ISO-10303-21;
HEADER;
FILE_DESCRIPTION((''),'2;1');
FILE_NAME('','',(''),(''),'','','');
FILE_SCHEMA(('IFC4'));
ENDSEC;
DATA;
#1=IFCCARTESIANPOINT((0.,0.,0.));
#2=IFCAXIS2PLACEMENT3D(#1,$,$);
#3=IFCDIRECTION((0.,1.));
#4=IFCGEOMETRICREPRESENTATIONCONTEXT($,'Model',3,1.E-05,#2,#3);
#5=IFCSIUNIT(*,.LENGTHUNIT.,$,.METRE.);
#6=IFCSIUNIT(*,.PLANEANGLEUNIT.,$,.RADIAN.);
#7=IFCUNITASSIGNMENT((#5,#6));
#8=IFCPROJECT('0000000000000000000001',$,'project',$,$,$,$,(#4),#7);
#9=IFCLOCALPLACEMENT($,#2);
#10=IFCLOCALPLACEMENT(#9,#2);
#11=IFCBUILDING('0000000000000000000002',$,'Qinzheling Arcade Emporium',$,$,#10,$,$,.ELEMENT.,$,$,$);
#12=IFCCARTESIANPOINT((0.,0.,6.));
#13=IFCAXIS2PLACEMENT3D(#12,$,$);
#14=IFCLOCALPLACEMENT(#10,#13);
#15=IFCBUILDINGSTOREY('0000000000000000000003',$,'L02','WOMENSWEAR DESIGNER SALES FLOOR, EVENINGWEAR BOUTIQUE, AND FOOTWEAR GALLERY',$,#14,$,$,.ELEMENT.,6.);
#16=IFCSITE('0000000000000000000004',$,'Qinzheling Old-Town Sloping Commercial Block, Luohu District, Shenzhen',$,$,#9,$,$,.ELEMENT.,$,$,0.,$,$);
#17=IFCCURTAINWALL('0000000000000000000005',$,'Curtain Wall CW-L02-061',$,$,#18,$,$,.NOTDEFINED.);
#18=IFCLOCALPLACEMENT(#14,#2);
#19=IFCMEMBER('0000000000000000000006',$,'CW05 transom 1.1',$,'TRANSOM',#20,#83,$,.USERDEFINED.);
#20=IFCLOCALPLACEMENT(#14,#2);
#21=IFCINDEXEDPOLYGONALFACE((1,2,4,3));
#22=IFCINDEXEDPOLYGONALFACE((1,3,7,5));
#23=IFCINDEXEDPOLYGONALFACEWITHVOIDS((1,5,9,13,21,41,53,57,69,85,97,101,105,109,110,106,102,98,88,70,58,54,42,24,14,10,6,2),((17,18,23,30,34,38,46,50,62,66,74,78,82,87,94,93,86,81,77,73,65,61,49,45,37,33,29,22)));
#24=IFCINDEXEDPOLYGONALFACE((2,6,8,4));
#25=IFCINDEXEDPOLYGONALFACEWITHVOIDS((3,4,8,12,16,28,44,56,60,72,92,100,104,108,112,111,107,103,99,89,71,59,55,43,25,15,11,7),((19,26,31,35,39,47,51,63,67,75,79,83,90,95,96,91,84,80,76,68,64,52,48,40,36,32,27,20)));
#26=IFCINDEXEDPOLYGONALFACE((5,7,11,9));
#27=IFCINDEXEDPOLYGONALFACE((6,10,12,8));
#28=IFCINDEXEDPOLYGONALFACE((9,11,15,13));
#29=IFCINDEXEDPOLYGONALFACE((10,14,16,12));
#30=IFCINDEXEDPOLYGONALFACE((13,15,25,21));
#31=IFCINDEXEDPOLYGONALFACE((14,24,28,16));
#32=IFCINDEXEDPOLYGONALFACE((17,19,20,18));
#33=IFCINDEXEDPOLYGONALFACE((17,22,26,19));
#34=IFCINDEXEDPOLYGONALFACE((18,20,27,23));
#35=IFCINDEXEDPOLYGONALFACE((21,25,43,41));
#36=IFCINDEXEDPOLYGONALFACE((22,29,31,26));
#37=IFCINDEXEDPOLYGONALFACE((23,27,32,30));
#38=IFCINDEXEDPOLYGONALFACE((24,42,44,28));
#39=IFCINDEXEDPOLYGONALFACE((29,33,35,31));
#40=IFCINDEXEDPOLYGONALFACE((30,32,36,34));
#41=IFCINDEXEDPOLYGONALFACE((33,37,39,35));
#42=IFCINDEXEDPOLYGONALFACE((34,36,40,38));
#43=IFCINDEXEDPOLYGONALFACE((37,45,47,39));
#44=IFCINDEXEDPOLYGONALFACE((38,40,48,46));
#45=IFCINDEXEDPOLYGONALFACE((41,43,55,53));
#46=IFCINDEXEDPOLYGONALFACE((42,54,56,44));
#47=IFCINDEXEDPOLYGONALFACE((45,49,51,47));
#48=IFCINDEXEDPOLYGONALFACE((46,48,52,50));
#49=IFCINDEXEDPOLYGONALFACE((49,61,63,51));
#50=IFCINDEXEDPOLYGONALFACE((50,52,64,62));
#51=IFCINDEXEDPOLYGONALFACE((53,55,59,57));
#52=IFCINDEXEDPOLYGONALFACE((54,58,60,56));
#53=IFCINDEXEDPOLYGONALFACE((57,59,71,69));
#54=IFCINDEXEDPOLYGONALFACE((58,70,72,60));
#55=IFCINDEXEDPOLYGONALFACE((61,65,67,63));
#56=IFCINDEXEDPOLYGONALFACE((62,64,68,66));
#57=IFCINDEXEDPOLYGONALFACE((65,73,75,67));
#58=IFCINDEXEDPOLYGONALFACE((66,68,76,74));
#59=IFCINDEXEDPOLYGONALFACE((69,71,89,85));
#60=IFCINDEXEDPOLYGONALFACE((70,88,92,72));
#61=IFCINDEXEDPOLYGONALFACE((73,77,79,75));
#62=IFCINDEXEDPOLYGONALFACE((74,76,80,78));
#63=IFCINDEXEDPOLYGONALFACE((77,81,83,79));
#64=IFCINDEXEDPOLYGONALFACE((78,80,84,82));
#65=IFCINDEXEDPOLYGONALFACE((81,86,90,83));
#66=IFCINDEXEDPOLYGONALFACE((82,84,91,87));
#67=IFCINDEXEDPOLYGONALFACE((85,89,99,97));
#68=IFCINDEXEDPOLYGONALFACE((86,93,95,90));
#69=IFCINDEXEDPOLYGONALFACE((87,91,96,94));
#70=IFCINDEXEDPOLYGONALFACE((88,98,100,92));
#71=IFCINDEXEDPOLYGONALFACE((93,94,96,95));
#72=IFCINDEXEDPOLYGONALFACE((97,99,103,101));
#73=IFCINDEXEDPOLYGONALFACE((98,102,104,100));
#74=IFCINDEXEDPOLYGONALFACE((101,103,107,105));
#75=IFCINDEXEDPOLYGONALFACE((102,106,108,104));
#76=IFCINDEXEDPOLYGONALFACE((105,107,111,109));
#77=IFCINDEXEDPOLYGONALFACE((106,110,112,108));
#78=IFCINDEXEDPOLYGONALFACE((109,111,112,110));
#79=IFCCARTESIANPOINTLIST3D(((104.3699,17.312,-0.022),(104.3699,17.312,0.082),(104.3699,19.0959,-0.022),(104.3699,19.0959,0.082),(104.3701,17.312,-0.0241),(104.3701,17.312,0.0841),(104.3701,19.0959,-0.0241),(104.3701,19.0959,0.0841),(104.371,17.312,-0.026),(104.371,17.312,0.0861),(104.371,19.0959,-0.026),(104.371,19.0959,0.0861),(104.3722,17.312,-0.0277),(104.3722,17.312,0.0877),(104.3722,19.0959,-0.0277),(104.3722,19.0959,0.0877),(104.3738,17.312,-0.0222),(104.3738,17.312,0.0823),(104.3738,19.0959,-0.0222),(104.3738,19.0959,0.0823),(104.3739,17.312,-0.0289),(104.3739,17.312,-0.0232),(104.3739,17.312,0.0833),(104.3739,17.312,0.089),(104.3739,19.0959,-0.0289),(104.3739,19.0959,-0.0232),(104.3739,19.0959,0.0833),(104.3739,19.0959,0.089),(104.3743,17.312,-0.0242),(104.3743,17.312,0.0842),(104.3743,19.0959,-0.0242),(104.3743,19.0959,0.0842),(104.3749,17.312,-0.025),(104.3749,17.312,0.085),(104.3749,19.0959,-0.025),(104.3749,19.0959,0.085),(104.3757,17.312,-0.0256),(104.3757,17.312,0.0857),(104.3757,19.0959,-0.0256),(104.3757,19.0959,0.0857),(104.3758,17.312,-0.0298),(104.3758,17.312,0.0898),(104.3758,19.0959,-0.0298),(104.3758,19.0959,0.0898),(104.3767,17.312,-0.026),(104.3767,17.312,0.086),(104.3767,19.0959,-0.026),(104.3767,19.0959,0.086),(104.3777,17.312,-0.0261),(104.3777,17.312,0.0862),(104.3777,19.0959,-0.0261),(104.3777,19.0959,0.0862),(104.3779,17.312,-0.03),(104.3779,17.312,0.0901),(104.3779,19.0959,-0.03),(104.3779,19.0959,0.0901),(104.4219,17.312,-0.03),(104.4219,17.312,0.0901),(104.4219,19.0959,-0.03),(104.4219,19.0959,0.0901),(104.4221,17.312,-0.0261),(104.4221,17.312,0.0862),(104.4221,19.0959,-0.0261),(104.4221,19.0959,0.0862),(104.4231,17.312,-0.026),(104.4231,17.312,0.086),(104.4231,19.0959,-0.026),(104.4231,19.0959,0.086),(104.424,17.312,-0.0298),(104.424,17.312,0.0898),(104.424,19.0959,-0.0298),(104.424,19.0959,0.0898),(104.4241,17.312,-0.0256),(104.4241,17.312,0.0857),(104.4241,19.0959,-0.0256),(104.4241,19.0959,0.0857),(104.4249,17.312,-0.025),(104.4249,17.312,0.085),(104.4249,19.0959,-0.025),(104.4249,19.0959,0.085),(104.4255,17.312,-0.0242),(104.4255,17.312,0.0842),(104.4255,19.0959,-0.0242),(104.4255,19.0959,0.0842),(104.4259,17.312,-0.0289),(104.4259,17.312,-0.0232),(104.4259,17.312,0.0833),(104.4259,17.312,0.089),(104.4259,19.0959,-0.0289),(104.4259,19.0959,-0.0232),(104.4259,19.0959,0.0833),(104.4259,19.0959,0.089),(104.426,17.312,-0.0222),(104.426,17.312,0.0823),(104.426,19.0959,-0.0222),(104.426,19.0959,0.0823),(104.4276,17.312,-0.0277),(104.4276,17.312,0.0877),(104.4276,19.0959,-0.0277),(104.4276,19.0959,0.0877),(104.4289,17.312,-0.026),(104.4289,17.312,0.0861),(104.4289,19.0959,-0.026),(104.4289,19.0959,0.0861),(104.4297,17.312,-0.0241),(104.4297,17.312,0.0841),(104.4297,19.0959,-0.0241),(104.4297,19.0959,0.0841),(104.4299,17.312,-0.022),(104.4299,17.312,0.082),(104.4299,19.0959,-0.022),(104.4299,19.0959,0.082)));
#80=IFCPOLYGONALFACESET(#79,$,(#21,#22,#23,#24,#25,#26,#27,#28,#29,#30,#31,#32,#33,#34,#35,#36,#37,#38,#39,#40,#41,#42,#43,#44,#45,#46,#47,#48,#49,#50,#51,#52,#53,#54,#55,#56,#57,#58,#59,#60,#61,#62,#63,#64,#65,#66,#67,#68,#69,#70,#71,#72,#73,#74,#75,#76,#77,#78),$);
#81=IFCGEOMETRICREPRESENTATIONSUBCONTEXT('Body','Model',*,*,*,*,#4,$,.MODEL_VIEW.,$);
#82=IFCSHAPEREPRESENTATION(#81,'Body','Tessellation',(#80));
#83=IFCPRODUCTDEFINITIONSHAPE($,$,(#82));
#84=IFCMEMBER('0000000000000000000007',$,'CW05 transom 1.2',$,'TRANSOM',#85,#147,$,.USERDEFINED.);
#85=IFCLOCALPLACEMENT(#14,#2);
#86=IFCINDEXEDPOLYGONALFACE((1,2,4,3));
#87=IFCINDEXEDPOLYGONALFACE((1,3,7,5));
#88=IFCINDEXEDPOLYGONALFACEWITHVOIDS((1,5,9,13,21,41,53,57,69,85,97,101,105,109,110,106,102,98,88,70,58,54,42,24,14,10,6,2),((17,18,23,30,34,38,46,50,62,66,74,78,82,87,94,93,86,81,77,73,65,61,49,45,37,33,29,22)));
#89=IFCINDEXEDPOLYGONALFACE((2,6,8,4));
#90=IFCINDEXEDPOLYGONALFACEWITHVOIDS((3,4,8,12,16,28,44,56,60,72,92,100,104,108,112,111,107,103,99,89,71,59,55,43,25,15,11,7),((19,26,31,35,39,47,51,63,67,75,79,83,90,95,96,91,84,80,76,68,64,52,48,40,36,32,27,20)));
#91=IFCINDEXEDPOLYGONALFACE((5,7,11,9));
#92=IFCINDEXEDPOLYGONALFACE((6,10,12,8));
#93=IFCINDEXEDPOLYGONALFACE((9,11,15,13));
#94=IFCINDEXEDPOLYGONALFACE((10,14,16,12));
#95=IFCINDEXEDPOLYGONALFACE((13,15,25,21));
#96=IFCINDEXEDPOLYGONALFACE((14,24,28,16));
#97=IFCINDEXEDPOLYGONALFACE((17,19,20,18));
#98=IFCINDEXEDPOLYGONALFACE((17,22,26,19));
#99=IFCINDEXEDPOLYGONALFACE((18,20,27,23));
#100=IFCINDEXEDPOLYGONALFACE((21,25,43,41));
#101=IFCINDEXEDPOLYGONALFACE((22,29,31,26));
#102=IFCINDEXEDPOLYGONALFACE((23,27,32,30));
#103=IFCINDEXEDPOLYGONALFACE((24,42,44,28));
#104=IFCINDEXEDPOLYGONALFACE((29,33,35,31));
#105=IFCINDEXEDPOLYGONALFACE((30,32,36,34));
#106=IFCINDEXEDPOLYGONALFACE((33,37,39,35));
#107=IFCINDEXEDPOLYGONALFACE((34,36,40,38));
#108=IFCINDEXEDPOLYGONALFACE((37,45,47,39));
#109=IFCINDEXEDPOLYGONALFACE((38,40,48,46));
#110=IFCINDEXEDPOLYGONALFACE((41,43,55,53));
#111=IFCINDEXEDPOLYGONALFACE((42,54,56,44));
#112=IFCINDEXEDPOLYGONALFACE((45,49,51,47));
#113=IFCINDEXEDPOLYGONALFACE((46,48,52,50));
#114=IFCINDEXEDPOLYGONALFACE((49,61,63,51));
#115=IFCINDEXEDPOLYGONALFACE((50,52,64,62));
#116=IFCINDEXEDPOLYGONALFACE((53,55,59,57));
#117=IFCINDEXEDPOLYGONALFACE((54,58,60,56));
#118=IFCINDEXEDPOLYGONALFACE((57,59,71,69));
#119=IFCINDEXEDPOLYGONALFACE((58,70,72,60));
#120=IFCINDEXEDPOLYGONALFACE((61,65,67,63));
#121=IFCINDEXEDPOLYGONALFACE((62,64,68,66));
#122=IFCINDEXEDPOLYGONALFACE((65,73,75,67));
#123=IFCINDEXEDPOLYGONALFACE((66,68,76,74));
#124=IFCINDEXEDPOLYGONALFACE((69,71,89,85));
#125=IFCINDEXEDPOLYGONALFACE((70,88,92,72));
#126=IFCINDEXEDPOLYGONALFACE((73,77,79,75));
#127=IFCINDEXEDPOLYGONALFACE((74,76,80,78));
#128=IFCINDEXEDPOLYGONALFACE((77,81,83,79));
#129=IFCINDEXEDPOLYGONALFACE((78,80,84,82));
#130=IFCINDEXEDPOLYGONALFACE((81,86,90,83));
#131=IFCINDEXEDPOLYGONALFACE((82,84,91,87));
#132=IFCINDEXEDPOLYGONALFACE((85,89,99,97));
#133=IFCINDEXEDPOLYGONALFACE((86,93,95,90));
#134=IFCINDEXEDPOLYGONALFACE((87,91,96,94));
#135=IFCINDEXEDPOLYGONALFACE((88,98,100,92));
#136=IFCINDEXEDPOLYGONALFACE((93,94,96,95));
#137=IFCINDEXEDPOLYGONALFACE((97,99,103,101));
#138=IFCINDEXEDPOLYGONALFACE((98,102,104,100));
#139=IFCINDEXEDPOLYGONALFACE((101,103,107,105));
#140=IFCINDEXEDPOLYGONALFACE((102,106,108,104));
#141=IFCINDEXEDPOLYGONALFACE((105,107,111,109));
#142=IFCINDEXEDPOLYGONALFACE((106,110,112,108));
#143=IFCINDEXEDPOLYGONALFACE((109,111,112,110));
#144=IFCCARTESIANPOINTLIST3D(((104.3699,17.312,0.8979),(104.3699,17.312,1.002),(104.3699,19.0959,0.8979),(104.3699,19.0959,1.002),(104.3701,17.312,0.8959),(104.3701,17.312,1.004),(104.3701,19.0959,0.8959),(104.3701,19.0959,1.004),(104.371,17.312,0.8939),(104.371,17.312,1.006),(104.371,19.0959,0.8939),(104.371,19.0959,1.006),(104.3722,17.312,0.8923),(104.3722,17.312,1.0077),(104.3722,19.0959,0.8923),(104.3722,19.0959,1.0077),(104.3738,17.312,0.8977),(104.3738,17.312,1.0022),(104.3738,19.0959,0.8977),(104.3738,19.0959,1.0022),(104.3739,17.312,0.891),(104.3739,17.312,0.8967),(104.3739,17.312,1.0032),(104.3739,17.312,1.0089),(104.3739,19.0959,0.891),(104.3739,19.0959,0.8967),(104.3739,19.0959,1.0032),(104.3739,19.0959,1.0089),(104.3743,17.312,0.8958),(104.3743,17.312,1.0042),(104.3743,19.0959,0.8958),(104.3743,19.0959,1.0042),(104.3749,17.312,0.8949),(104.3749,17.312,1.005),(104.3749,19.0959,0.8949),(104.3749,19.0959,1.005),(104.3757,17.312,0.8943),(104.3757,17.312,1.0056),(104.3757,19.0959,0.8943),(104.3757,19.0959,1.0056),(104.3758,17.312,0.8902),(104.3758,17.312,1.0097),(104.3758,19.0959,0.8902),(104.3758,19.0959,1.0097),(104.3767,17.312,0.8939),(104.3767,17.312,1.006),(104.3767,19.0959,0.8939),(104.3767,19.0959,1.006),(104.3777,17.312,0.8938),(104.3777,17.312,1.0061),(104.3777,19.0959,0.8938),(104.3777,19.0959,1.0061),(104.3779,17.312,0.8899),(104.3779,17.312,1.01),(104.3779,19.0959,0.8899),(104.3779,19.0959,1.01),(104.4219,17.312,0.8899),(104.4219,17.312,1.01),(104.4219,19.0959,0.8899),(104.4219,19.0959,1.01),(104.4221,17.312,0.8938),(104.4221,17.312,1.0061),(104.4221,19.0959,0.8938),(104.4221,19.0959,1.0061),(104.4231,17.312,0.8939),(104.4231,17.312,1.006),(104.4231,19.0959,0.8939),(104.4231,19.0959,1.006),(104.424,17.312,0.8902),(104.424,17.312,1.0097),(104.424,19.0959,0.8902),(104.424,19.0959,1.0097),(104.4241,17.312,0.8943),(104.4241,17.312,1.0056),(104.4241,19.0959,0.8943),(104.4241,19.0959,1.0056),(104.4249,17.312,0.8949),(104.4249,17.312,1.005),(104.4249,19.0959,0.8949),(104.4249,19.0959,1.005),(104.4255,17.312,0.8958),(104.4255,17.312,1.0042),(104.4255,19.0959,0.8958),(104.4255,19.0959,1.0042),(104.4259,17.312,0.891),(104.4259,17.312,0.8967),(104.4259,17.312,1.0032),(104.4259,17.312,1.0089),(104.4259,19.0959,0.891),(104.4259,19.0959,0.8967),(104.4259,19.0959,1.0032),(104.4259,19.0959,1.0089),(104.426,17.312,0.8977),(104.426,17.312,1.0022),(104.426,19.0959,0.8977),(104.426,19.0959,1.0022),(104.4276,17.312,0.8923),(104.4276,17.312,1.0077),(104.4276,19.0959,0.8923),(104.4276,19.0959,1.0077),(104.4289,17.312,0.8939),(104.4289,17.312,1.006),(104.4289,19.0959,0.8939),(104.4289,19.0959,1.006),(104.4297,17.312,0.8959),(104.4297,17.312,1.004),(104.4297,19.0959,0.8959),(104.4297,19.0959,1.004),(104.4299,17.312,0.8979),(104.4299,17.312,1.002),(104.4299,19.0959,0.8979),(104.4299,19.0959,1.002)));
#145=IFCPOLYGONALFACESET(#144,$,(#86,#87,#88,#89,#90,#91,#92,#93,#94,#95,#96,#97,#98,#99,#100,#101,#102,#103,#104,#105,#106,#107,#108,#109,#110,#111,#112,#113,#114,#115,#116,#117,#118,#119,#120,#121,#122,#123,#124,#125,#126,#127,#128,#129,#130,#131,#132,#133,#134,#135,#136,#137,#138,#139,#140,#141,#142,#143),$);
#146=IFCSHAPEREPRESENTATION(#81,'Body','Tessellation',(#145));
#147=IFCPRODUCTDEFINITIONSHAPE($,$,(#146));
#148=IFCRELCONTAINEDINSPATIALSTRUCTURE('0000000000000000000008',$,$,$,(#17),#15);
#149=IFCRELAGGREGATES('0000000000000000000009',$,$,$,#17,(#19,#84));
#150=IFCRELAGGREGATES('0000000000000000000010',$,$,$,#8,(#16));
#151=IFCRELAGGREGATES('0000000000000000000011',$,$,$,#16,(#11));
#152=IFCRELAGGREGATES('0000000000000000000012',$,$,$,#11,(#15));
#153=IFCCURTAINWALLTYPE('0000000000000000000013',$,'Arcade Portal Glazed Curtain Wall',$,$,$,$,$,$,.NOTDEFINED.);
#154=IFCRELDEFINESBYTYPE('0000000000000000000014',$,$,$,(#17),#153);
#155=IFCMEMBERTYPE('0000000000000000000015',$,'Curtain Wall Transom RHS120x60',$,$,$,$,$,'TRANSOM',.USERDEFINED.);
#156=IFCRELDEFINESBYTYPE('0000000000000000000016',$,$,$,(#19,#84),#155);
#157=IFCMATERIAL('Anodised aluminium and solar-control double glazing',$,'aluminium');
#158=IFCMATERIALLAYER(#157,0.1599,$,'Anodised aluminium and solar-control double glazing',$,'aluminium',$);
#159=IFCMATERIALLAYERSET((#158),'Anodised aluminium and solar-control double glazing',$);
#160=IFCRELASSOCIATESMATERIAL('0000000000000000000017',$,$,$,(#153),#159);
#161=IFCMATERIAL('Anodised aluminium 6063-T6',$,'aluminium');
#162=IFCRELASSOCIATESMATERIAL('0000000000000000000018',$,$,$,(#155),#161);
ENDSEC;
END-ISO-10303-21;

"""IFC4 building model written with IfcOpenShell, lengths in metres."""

from ifc_helpers import new_model, si_unit, direction, frame, origin, origin_2d, place, context, subcontext, project, spatial, hollow_rectangle, extrude, material, layer, layer_set, material_profile, profile_set, type_object, element, aggregate, save


model = new_model("IFC4")

# Units and contexts
model_context = context("Model", 3, precision=1e-05, world=origin(), true_north=direction((0.0, 1.0)))
body_context = subcontext(model_context, "Body", "Model", "MODEL_VIEW")
ifc_project = project(units=[si_unit("LENGTHUNIT", "METRE"), si_unit("PLANEANGLEUNIT", "RADIAN")], contexts=[model_context])

# Site, building, storey
site_placement = place(None, origin())
site = spatial("IfcSite", under=ifc_project, at=site_placement, Name="Qinzheling Old-Town Sloping Commercial Block, Luohu District, Shenzhen", CompositionType="ELEMENT", RefElevation=0.0)
building_placement = place(site_placement, origin())
building = spatial("IfcBuilding", under=site, at=building_placement, Name="Qinzheling Arcade Emporium", CompositionType="ELEMENT")
storey_placement = place(building_placement, frame((0.0, 0.0, 6.0)))
storey = spatial("IfcBuildingStorey", under=building, at=storey_placement, Name="L02", Description="WOMENSWEAR DESIGNER SALES FLOOR, EVENINGWEAR BOUTIQUE, AND FOOTWEAR GALLERY", CompositionType="ELEMENT", Elevation=6.0)

# Curtain wall, members
ifc_material_1 = material(Name="Anodised aluminium and solar-control double glazing", Category="aluminium")
ifc_layer_1 = layer(ifc_material_1, 0.1599, Name="Anodised aluminium and solar-control double glazing", Category="aluminium")
ifc_layer_set_1 = layer_set([ifc_layer_1], Name="Anodised aluminium and solar-control double glazing")
curtain_wall_type = type_object("IfcCurtainWallType", Name="Arcade Portal Glazed Curtain Wall", PredefinedType="NOTDEFINED", material=ifc_layer_set_1)
curtain_wall_placement = place(storey_placement, origin())
curtain_wall = element("IfcCurtainWall", 1, at=curtain_wall_placement, inside=storey, type_object=curtain_wall_type, Name="Curtain Wall CW-L02-061", PredefinedType="NOTDEFINED")
ifc_material_2 = material(Name="Anodised aluminium 6063-T6", Category="aluminium")
ifc_material_profile_1 = material_profile(ifc_material_2, hollow_rectangle(XDim=0.0601, YDim=0.1201, WallThickness=0.0039, InnerFilletRadius=0.0039, OuterFilletRadius=0.0081, at=origin_2d()), Name="RHS 120x60x4", Category="aluminium")
ifc_profile_set_1 = profile_set([ifc_material_profile_1], Name="Anodised aluminium 6063-T6")
member_type_1 = type_object("IfcMemberType", Name="Curtain Wall Transom RHS120x60", ElementType="TRANSOM", PredefinedType="USERDEFINED", material=ifc_profile_set_1)
member_1_placement = place(storey_placement, frame((104.3999, 17.312, 0.03), z_axis=(0.0, 1.0, 0.0), x_axis=(-1.0, 0.0, 0.0)))
member_1 = element("IfcMember", 2, at=member_1_placement, type_object=member_type_1, Name="CW05 transom 1.1", ObjectType="TRANSOM", PredefinedType="USERDEFINED", context=body_context, shape_type="SweptSolid", body=[
    extrude(hollow_rectangle(XDim=0.0601, YDim=0.1201, WallThickness=0.0039, InnerFilletRadius=0.0039, OuterFilletRadius=0.0081, at=origin_2d()), origin(), (0.0, 0.0, 1.0), 1.7839),
])
member_2_placement = place(storey_placement, frame((104.3999, 17.312, 0.95), z_axis=(0.0, 1.0, 0.0), x_axis=(-1.0, 0.0, 0.0)))
member_2 = element("IfcMember", 3, at=member_2_placement, type_object=member_type_1, Name="CW05 transom 1.2", ObjectType="TRANSOM", PredefinedType="USERDEFINED", context=body_context, shape_type="SweptSolid", body=[
    extrude(hollow_rectangle(XDim=0.0601, YDim=0.1201, WallThickness=0.0039, InnerFilletRadius=0.0039, OuterFilletRadius=0.0081, at=origin_2d()), origin(), (0.0, 0.0, 1.0), 1.7839),
])

aggregate(curtain_wall, [member_1, member_2])

save(model, "model.ifc")
